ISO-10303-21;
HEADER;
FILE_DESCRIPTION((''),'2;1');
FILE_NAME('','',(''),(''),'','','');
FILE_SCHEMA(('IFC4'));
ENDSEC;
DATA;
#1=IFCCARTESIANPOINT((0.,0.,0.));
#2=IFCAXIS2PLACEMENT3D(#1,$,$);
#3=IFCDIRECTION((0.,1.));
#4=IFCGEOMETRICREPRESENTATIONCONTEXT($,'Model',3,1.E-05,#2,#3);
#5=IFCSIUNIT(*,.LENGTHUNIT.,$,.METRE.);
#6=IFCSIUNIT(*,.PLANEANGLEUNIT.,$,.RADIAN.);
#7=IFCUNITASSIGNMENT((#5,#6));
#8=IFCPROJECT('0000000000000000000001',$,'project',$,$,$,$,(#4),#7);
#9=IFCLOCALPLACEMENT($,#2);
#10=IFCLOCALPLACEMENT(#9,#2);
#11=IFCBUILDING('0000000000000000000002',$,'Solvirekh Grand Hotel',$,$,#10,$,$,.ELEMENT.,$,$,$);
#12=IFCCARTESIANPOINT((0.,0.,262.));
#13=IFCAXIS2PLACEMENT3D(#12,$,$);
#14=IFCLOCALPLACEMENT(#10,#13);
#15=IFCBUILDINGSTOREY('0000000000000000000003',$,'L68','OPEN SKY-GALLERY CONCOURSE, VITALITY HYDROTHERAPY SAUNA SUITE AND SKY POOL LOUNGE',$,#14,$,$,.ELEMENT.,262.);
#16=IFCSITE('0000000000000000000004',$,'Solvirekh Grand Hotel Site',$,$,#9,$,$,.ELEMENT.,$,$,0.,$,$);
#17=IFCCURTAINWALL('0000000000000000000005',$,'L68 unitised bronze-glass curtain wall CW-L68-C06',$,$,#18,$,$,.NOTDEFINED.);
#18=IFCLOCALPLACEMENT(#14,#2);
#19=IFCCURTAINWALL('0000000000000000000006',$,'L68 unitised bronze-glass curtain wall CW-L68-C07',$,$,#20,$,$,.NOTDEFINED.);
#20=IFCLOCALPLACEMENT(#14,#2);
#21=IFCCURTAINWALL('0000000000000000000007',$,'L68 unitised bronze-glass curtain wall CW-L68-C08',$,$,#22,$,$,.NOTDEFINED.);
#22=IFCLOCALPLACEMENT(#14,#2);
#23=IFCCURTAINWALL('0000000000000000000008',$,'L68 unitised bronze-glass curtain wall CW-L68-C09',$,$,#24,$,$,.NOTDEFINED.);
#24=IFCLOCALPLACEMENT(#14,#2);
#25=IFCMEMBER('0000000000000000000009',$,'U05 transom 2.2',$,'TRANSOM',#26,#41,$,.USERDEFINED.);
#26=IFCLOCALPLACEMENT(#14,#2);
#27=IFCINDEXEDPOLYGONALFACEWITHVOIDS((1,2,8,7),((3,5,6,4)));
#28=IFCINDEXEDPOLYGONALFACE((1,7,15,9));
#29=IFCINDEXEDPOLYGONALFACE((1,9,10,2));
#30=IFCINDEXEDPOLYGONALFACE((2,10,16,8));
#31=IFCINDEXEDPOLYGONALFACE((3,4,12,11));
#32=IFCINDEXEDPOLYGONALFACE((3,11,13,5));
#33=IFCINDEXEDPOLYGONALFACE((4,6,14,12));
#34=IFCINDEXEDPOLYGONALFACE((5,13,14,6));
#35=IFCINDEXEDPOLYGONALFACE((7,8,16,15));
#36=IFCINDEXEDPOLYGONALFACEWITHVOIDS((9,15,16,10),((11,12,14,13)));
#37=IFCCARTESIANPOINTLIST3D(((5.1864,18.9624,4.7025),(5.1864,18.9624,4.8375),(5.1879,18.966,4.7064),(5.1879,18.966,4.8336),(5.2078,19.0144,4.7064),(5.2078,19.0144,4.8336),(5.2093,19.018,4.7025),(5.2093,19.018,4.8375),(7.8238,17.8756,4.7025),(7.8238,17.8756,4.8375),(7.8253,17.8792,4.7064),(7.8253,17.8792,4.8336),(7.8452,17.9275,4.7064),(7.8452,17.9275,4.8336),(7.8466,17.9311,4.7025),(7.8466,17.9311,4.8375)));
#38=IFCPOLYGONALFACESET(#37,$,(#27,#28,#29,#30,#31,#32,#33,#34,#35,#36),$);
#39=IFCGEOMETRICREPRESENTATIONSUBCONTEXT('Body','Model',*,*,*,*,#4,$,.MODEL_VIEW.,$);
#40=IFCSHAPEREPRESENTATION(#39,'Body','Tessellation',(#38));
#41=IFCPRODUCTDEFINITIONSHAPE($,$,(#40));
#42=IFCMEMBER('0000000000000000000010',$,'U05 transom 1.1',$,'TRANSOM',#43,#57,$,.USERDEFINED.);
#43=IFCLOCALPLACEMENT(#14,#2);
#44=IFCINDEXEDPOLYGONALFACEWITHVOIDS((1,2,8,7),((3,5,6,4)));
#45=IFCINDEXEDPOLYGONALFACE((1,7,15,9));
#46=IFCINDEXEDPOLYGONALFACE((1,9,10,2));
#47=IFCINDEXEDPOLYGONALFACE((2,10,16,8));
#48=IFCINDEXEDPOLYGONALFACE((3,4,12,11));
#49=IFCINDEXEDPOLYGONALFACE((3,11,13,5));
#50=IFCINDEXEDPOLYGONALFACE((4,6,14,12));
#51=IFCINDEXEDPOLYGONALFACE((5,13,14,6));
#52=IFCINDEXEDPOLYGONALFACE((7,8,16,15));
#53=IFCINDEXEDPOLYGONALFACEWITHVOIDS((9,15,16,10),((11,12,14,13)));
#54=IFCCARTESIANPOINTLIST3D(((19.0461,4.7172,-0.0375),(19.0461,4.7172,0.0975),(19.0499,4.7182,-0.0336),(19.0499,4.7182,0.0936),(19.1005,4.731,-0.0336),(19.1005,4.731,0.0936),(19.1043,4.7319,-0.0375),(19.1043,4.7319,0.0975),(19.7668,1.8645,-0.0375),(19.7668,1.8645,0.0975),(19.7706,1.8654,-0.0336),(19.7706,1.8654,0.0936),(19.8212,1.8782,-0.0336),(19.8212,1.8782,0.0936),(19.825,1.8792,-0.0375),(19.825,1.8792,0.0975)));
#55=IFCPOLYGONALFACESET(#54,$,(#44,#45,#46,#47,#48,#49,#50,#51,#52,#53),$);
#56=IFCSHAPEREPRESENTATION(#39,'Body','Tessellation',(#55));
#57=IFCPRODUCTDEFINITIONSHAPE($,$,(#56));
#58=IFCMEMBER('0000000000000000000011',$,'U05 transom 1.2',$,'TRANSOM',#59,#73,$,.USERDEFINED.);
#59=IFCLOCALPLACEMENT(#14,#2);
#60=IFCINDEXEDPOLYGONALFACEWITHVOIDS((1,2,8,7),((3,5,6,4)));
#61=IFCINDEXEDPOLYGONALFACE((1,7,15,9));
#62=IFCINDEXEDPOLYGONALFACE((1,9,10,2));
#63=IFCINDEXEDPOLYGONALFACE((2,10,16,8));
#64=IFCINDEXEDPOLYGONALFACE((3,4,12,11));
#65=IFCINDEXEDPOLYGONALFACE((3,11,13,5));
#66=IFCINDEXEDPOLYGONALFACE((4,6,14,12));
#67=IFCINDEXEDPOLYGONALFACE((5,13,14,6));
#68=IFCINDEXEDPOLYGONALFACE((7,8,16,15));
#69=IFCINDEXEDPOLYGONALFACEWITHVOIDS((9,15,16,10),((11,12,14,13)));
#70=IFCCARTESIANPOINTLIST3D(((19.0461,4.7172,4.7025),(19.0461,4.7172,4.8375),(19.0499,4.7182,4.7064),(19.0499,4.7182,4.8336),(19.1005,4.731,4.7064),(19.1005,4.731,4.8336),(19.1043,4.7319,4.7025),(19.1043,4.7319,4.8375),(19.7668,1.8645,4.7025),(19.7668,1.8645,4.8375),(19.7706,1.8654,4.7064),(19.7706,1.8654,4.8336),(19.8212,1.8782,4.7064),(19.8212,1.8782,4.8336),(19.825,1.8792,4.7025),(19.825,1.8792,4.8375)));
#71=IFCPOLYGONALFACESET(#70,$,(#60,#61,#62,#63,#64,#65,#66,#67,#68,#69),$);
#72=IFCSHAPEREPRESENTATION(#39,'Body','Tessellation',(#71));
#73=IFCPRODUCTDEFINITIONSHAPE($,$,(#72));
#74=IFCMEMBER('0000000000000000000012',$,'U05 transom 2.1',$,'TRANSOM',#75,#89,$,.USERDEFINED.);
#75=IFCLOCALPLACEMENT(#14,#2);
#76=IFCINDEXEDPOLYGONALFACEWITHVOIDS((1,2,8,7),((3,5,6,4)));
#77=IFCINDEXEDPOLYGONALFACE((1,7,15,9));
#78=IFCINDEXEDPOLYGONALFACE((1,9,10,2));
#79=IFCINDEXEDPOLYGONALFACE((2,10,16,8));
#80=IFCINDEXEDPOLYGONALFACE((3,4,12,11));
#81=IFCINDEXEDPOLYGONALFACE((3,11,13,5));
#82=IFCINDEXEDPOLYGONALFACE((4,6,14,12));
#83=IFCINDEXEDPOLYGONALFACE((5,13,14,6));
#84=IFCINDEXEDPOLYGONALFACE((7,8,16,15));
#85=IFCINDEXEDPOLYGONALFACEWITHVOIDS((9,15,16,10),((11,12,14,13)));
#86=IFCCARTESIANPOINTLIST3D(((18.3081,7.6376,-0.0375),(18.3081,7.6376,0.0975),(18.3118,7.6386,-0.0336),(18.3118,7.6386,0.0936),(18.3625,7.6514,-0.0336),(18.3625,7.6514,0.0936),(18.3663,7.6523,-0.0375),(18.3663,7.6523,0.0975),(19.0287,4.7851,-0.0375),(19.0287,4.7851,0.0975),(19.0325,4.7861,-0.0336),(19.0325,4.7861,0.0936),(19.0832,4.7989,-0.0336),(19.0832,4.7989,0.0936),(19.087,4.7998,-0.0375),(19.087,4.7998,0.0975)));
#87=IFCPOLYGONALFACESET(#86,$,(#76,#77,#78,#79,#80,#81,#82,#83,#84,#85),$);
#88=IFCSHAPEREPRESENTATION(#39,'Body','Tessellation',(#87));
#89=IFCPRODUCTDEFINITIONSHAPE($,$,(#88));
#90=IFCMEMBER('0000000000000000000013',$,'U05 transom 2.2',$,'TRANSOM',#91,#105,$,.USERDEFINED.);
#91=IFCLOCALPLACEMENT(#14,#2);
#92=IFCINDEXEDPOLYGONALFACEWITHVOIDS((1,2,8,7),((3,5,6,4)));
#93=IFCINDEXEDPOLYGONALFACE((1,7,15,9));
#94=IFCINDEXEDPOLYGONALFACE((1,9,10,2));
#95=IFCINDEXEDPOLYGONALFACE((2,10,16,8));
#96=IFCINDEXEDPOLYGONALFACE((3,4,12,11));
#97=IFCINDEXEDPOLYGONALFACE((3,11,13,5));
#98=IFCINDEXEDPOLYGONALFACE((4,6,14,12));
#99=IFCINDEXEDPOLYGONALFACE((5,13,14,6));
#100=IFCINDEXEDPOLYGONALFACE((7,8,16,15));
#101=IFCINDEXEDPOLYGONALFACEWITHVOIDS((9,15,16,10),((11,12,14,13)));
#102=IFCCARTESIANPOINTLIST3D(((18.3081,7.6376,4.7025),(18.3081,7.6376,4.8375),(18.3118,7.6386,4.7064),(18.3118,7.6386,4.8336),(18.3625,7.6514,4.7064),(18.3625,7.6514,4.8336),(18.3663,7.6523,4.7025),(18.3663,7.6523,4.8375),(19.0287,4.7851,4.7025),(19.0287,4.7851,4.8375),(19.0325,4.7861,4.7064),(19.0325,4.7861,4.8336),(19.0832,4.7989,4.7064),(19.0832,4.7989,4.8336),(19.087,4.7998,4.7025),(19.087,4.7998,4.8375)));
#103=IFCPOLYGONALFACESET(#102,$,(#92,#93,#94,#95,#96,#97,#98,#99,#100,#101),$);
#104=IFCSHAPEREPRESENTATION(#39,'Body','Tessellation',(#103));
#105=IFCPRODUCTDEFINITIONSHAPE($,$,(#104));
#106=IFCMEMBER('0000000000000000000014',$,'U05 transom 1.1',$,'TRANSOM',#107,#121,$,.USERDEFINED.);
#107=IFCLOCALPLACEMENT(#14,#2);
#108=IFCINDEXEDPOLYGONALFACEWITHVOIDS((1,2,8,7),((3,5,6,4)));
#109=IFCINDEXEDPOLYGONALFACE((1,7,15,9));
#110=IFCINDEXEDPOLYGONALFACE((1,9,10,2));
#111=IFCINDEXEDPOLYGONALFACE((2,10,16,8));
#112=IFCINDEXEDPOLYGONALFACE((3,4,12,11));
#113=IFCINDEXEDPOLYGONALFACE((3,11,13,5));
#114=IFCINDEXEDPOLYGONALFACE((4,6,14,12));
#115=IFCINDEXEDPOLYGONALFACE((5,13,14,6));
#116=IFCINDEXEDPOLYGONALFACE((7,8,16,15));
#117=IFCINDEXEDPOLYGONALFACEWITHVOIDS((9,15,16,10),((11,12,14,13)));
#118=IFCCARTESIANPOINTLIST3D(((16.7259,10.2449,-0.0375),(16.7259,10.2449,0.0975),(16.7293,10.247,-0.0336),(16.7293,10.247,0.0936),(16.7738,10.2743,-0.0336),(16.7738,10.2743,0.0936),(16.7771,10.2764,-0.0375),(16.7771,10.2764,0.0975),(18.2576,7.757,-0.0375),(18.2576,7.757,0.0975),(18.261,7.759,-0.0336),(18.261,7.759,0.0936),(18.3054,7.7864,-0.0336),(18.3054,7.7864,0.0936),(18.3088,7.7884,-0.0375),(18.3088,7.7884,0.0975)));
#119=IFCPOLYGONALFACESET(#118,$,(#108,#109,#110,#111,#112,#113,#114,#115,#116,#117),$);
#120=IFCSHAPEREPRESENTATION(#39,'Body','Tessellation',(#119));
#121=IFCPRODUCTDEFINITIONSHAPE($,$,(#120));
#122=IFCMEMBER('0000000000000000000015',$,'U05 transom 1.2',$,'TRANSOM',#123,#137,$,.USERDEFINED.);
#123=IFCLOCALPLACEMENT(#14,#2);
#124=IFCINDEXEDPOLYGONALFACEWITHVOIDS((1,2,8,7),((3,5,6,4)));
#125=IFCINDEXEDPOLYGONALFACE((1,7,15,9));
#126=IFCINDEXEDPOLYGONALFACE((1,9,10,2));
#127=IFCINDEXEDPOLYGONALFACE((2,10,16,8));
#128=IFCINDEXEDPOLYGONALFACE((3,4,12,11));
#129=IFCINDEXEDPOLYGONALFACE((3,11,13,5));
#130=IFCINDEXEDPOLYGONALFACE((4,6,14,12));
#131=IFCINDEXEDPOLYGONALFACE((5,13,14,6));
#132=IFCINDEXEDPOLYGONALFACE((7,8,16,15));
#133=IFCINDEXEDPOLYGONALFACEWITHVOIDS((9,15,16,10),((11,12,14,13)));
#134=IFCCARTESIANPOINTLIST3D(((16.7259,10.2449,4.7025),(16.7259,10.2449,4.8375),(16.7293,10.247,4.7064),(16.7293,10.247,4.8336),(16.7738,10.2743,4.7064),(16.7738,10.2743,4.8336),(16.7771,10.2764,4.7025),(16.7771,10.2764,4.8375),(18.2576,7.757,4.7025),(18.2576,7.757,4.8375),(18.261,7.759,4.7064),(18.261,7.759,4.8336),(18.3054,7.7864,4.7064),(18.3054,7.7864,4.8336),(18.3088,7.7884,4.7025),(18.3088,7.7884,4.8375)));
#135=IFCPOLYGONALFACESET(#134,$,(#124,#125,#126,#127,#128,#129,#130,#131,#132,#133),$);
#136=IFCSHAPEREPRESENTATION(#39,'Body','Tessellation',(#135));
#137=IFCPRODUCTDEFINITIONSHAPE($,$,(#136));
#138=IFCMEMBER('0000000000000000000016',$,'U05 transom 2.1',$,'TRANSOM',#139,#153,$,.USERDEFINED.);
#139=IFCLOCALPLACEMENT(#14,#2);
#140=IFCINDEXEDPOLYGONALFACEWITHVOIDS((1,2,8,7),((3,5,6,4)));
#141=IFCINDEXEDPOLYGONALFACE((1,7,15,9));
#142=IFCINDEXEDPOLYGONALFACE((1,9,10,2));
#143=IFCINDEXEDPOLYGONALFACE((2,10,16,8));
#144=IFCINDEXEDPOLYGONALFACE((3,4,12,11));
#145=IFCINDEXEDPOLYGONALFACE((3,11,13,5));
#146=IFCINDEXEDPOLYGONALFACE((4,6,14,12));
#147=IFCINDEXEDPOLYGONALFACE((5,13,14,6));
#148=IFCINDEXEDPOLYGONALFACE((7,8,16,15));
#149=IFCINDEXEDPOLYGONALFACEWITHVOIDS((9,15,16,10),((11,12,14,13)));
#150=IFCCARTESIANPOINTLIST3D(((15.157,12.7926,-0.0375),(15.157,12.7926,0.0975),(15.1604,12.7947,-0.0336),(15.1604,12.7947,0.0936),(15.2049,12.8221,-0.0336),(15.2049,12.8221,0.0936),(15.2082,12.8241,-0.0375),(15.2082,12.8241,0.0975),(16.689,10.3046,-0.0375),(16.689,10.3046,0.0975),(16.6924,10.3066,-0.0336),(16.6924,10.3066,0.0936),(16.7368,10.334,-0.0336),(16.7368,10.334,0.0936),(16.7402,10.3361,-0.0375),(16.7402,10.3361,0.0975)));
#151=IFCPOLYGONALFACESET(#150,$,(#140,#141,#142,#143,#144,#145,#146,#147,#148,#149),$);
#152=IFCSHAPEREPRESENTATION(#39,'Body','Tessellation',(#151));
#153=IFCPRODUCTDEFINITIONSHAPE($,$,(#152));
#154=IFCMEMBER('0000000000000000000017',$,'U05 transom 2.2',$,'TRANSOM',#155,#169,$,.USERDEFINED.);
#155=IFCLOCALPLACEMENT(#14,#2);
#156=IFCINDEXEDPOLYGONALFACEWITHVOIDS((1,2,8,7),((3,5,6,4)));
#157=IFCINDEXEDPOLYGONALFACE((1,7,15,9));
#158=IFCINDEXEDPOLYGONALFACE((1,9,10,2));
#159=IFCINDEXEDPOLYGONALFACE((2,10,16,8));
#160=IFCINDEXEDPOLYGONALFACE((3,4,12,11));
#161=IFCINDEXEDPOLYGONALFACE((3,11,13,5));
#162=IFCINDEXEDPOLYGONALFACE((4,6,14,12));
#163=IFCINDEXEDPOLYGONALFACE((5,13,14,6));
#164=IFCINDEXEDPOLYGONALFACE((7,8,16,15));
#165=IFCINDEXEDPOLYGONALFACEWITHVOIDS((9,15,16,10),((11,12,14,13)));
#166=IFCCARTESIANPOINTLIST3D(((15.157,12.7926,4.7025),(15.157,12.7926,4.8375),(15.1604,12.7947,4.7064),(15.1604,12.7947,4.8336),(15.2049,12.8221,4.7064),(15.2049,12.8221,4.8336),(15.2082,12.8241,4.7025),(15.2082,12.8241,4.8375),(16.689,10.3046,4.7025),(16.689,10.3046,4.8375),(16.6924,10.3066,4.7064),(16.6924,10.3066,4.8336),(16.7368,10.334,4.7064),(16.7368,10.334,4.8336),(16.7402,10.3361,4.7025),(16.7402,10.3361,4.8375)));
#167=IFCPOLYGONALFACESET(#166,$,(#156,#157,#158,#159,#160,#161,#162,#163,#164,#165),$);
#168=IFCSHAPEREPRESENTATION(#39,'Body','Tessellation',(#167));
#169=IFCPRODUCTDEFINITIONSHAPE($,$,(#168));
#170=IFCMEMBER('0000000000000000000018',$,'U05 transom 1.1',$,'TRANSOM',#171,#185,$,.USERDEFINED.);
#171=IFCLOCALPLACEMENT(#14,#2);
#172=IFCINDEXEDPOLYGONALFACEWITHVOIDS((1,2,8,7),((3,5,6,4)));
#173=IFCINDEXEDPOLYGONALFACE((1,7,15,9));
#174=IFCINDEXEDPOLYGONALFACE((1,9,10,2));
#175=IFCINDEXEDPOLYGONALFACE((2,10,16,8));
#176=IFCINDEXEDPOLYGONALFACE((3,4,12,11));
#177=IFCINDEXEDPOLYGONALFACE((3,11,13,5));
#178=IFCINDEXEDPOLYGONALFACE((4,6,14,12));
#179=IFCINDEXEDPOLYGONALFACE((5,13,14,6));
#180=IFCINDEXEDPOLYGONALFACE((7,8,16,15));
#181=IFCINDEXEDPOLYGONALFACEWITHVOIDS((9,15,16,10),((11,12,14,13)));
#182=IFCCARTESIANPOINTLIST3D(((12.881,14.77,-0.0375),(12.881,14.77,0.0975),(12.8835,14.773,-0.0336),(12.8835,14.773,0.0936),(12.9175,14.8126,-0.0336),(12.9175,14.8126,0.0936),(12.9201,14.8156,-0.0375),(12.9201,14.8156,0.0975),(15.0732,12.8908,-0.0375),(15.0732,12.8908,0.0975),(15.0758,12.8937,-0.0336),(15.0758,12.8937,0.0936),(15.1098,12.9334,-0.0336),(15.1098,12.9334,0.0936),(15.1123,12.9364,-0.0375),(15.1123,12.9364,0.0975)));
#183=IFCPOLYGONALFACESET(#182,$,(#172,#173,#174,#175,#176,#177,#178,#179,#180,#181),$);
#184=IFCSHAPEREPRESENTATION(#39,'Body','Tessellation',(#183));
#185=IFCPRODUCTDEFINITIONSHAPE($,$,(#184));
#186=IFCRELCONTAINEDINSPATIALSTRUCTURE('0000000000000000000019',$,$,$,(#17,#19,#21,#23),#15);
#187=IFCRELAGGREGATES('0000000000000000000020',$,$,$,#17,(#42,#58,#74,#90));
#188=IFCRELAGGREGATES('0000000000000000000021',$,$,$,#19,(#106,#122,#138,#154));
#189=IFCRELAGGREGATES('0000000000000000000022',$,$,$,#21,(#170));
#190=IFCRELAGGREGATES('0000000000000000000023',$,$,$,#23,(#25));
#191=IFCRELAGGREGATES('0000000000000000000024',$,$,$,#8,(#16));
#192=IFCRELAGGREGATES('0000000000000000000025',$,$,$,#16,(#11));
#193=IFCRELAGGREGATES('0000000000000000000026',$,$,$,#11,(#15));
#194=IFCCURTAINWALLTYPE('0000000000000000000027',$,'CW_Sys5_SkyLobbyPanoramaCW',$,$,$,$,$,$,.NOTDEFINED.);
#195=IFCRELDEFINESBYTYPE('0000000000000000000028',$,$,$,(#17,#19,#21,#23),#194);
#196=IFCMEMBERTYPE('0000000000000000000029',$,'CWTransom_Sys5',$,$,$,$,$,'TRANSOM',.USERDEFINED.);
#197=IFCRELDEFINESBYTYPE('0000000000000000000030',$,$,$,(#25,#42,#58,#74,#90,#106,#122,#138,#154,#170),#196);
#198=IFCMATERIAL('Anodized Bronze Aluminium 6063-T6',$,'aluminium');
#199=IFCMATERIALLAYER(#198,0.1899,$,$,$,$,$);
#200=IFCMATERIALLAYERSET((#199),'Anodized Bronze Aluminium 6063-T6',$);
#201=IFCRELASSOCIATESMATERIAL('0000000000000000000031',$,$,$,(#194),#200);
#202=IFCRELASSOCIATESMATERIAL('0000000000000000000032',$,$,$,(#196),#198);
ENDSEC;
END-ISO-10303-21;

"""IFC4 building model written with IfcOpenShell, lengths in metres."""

from ifc_helpers import new_model, si_unit, direction, frame, origin, origin_2d, place, context, subcontext, project, spatial, hollow_rectangle, extrude, source, transform, mapped, material, layer, layer_set, material_profile, profile_set, type_object, element, aggregate, save


model = new_model("IFC4")

# Units and contexts
model_context = context("Model", 3, precision=1e-05, world=origin(), true_north=direction((0.0, 1.0)))
body_context = subcontext(model_context, "Body", "Model", "MODEL_VIEW")
ifc_project = project(units=[si_unit("LENGTHUNIT", "METRE"), si_unit("PLANEANGLEUNIT", "RADIAN")], contexts=[model_context])

# Site, building, storey
site_placement = place(None, origin())
site = spatial("IfcSite", under=ifc_project, at=site_placement, Name="Solvirekh Grand Hotel Site", CompositionType="ELEMENT", RefElevation=0.0)
building_placement = place(site_placement, origin())
building = spatial("IfcBuilding", under=site, at=building_placement, Name="Solvirekh Grand Hotel", CompositionType="ELEMENT")
storey_placement = place(building_placement, frame((0.0, 0.0, 262.0)))
storey = spatial("IfcBuildingStorey", under=building, at=storey_placement, Name="L68", Description="OPEN SKY-GALLERY CONCOURSE, VITALITY HYDROTHERAPY SAUNA SUITE AND SKY POOL LOUNGE", CompositionType="ELEMENT", Elevation=262.0)

# Shared definitions
ifc_material_1 = material(Name="Anodized Bronze Aluminium 6063-T6", Category="aluminium")
ifc_layer_1 = layer(ifc_material_1, 0.1899)
ifc_layer_set_1 = layer_set([ifc_layer_1], Name="Anodized Bronze Aluminium 6063-T6")
curtain_wall_type = type_object("IfcCurtainWallType", Name="CW_Sys5_SkyLobbyPanoramaCW", PredefinedType="NOTDEFINED", material=ifc_layer_set_1)

# Curtain walls, member
curtain_wall_1_placement = place(storey_placement, origin())
curtain_wall_1 = element("IfcCurtainWall", 1, at=curtain_wall_1_placement, inside=storey, type_object=curtain_wall_type, Name="L68 unitised bronze-glass curtain wall CW-L68-C06", PredefinedType="NOTDEFINED")
curtain_wall_2_placement = place(storey_placement, origin())
curtain_wall_2 = element("IfcCurtainWall", 2, at=curtain_wall_2_placement, inside=storey, type_object=curtain_wall_type, Name="L68 unitised bronze-glass curtain wall CW-L68-C07", PredefinedType="NOTDEFINED")
curtain_wall_3_placement = place(storey_placement, origin())
curtain_wall_3 = element("IfcCurtainWall", 3, at=curtain_wall_3_placement, inside=storey, type_object=curtain_wall_type, Name="L68 unitised bronze-glass curtain wall CW-L68-C08", PredefinedType="NOTDEFINED")
curtain_wall_4_placement = place(storey_placement, origin())
curtain_wall_4 = element("IfcCurtainWall", 4, at=curtain_wall_4_placement, inside=storey, type_object=curtain_wall_type, Name="L68 unitised bronze-glass curtain wall CW-L68-C09", PredefinedType="NOTDEFINED")
ifc_material_profile_1 = material_profile(ifc_material_1, hollow_rectangle(XDim=0.0601, YDim=0.135, WallThickness=0.0039, at=origin_2d()), Name="ALU RHS 135X60X4")
ifc_profile_set_1 = profile_set([ifc_material_profile_1], Name="Anodized Bronze Aluminium 6063-T6")
member_type_1 = type_object("IfcMemberType", Name="CWTransom_Sys5", ElementType="TRANSOM", PredefinedType="USERDEFINED", material=ifc_profile_set_1)
shared_shape_1 = source(origin(), body_context, "Body", "SweptSolid", [
    extrude(hollow_rectangle(XDim=0.0601, YDim=0.135, WallThickness=0.0039, at=origin_2d()), origin(), (0.0, 0.0, 1.0), 2.8525),
])
member_1_placement = place(storey_placement, frame((7.8352, 17.9033, 4.77), z_axis=(-0.924566, 0.381021, 0.0), x_axis=(-0.381021, -0.924566, 0.0)))
member_1 = element("IfcMember", 5, at=member_1_placement, type_object=member_type_1, Name="U05 transom 2.2", ObjectType="TRANSOM", PredefinedType="USERDEFINED", context=body_context, shape_type="MappedRepresentation", body=[
    mapped(shared_shape_1, transform((0.0, 0.0, 0.0), x_axis=(1.0, 0.0, 0.0), y_axis=(0.0, 1.0, 0.0), z_axis=(0.0, 0.0, 1.0), scale=1.0)),
])

# Members
shared_shape_2 = source(origin(), body_context, "Body", "SweptSolid", [
    extrude(hollow_rectangle(XDim=0.0601, YDim=0.135, WallThickness=0.0039, at=origin_2d()), origin(), (0.0, 0.0, 1.0), 2.9424),
])
member_2_placement = place(storey_placement, frame((19.7959, 1.8718, 0.03), z_axis=(-0.244936, 0.969539, 0.0), x_axis=(-0.969539, -0.244936, 0.0)))
member_2 = element("IfcMember", 6, at=member_2_placement, type_object=member_type_1, Name="U05 transom 1.1", ObjectType="TRANSOM", PredefinedType="USERDEFINED", context=body_context, shape_type="MappedRepresentation", body=[
    mapped(shared_shape_2, transform((0.0, 0.0, 0.0), x_axis=(1.0, 0.0, 0.0), y_axis=(0.0, 1.0, 0.0), z_axis=(0.0, 0.0, 1.0), scale=1.0)),
])
member_3_placement = place(storey_placement, frame((19.7959, 1.8718, 4.77), z_axis=(-0.244936, 0.969539, 0.0), x_axis=(-0.969539, -0.244936, 0.0)))
member_3 = element("IfcMember", 7, at=member_3_placement, type_object=member_type_1, Name="U05 transom 1.2", ObjectType="TRANSOM", PredefinedType="USERDEFINED", context=body_context, shape_type="MappedRepresentation", body=[
    mapped(shared_shape_2, transform((0.0, 0.0, 0.0), x_axis=(1.0, 0.0, 0.0), y_axis=(0.0, 1.0, 0.0), z_axis=(0.0, 0.0, 1.0), scale=1.0)),
])
shared_shape_3 = source(origin(), body_context, "Body", "SweptSolid", [
    extrude(hollow_rectangle(XDim=0.0601, YDim=0.135, WallThickness=0.0039, at=origin_2d()), origin(), (0.0, 0.0, 1.0), 2.9421),
])
member_4_placement = place(storey_placement, frame((19.0579, 4.7925, 0.03), z_axis=(-0.244956, 0.969534, 0.0), x_axis=(-0.969534, -0.244956, 0.0)))
member_4 = element("IfcMember", 8, at=member_4_placement, type_object=member_type_1, Name="U05 transom 2.1", ObjectType="TRANSOM", PredefinedType="USERDEFINED", context=body_context, shape_type="MappedRepresentation", body=[
    mapped(shared_shape_3, transform((0.0, 0.0, 0.0), x_axis=(1.0, 0.0, 0.0), y_axis=(0.0, 1.0, 0.0), z_axis=(0.0, 0.0, 1.0), scale=1.0)),
])
member_5_placement = place(storey_placement, frame((19.0579, 4.7925, 4.77), z_axis=(-0.244956, 0.969534, 0.0), x_axis=(-0.969534, -0.244956, 0.0)))
member_5 = element("IfcMember", 9, at=member_5_placement, type_object=member_type_1, Name="U05 transom 2.2", ObjectType="TRANSOM", PredefinedType="USERDEFINED", context=body_context, shape_type="MappedRepresentation", body=[
    mapped(shared_shape_3, transform((0.0, 0.0, 0.0), x_axis=(1.0, 0.0, 0.0), y_axis=(0.0, 1.0, 0.0), z_axis=(0.0, 0.0, 1.0), scale=1.0)),
])
shared_shape_4 = source(origin(), body_context, "Body", "SweptSolid", [
    extrude(hollow_rectangle(XDim=0.0601, YDim=0.135, WallThickness=0.0039, at=origin_2d()), origin(), (0.0, 0.0, 1.0), 2.9216),
])
member_6_placement = place(storey_placement, frame((18.2832, 7.7727, 0.03), z_axis=(-0.524256, 0.851561, 0.0), x_axis=(-0.851561, -0.524256, 0.0)))
member_6 = element("IfcMember", 10, at=member_6_placement, type_object=member_type_1, Name="U05 transom 1.1", ObjectType="TRANSOM", PredefinedType="USERDEFINED", context=body_context, shape_type="MappedRepresentation", body=[
    mapped(shared_shape_4, transform((0.0, 0.0, 0.0), x_axis=(1.0, 0.0, 0.0), y_axis=(0.0, 1.0, 0.0), z_axis=(0.0, 0.0, 1.0), scale=1.0)),
])
member_7_placement = place(storey_placement, frame((18.2832, 7.7727, 4.77), z_axis=(-0.524256, 0.851561, 0.0), x_axis=(-0.851561, -0.524256, 0.0)))
member_7 = element("IfcMember", 11, at=member_7_placement, type_object=member_type_1, Name="U05 transom 1.2", ObjectType="TRANSOM", PredefinedType="USERDEFINED", context=body_context, shape_type="MappedRepresentation", body=[
    mapped(shared_shape_4, transform((0.0, 0.0, 0.0), x_axis=(1.0, 0.0, 0.0), y_axis=(0.0, 1.0, 0.0), z_axis=(0.0, 0.0, 1.0), scale=1.0)),
])
shared_shape_5 = source(origin(), body_context, "Body", "SweptSolid", [
    extrude(hollow_rectangle(XDim=0.0601, YDim=0.135, WallThickness=0.0039, at=origin_2d()), origin(), (0.0, 0.0, 1.0), 2.9219),
])
member_8_placement = place(storey_placement, frame((16.7146, 10.3203, 0.03), z_axis=(-0.524317, 0.851523, 0.0), x_axis=(-0.851523, -0.524317, 0.0)))
member_8 = element("IfcMember", 12, at=member_8_placement, type_object=member_type_1, Name="U05 transom 2.1", ObjectType="TRANSOM", PredefinedType="USERDEFINED", context=body_context, shape_type="MappedRepresentation", body=[
    mapped(shared_shape_5, transform((0.0, 0.0, 0.0), x_axis=(1.0, 0.0, 0.0), y_axis=(0.0, 1.0, 0.0), z_axis=(0.0, 0.0, 1.0), scale=1.0)),
])
member_9_placement = place(storey_placement, frame((16.7146, 10.3203, 4.77), z_axis=(-0.524317, 0.851523, 0.0), x_axis=(-0.851523, -0.524317, 0.0)))
member_9 = element("IfcMember", 13, at=member_9_placement, type_object=member_type_1, Name="U05 transom 2.2", ObjectType="TRANSOM", PredefinedType="USERDEFINED", context=body_context, shape_type="MappedRepresentation", body=[
    mapped(shared_shape_5, transform((0.0, 0.0, 0.0), x_axis=(1.0, 0.0, 0.0), y_axis=(0.0, 1.0, 0.0), z_axis=(0.0, 0.0, 1.0), scale=1.0)),
])
shared_shape_6 = source(origin(), body_context, "Body", "SweptSolid", [
    extrude(hollow_rectangle(XDim=0.0601, YDim=0.135, WallThickness=0.0039, at=origin_2d()), origin(), (0.0, 0.0, 1.0), 2.8875),
])
member_10_placement = place(storey_placement, frame((15.0928, 12.9136, 0.03), z_axis=(-0.759227, 0.650826, 0.0), x_axis=(-0.650826, -0.759227, 0.0)))
member_10 = element("IfcMember", 14, at=member_10_placement, type_object=member_type_1, Name="U05 transom 1.1", ObjectType="TRANSOM", PredefinedType="USERDEFINED", context=body_context, shape_type="MappedRepresentation", body=[
    mapped(shared_shape_6, transform((0.0, 0.0, 0.0), x_axis=(1.0, 0.0, 0.0), y_axis=(0.0, 1.0, 0.0), z_axis=(0.0, 0.0, 1.0), scale=1.0)),
])

aggregate(curtain_wall_1, [member_2, member_3, member_4, member_5])
aggregate(curtain_wall_2, [member_6, member_7, member_8, member_9])
aggregate(curtain_wall_3, [member_10])
aggregate(curtain_wall_4, [member_1])

save(model, "model.ifc")
